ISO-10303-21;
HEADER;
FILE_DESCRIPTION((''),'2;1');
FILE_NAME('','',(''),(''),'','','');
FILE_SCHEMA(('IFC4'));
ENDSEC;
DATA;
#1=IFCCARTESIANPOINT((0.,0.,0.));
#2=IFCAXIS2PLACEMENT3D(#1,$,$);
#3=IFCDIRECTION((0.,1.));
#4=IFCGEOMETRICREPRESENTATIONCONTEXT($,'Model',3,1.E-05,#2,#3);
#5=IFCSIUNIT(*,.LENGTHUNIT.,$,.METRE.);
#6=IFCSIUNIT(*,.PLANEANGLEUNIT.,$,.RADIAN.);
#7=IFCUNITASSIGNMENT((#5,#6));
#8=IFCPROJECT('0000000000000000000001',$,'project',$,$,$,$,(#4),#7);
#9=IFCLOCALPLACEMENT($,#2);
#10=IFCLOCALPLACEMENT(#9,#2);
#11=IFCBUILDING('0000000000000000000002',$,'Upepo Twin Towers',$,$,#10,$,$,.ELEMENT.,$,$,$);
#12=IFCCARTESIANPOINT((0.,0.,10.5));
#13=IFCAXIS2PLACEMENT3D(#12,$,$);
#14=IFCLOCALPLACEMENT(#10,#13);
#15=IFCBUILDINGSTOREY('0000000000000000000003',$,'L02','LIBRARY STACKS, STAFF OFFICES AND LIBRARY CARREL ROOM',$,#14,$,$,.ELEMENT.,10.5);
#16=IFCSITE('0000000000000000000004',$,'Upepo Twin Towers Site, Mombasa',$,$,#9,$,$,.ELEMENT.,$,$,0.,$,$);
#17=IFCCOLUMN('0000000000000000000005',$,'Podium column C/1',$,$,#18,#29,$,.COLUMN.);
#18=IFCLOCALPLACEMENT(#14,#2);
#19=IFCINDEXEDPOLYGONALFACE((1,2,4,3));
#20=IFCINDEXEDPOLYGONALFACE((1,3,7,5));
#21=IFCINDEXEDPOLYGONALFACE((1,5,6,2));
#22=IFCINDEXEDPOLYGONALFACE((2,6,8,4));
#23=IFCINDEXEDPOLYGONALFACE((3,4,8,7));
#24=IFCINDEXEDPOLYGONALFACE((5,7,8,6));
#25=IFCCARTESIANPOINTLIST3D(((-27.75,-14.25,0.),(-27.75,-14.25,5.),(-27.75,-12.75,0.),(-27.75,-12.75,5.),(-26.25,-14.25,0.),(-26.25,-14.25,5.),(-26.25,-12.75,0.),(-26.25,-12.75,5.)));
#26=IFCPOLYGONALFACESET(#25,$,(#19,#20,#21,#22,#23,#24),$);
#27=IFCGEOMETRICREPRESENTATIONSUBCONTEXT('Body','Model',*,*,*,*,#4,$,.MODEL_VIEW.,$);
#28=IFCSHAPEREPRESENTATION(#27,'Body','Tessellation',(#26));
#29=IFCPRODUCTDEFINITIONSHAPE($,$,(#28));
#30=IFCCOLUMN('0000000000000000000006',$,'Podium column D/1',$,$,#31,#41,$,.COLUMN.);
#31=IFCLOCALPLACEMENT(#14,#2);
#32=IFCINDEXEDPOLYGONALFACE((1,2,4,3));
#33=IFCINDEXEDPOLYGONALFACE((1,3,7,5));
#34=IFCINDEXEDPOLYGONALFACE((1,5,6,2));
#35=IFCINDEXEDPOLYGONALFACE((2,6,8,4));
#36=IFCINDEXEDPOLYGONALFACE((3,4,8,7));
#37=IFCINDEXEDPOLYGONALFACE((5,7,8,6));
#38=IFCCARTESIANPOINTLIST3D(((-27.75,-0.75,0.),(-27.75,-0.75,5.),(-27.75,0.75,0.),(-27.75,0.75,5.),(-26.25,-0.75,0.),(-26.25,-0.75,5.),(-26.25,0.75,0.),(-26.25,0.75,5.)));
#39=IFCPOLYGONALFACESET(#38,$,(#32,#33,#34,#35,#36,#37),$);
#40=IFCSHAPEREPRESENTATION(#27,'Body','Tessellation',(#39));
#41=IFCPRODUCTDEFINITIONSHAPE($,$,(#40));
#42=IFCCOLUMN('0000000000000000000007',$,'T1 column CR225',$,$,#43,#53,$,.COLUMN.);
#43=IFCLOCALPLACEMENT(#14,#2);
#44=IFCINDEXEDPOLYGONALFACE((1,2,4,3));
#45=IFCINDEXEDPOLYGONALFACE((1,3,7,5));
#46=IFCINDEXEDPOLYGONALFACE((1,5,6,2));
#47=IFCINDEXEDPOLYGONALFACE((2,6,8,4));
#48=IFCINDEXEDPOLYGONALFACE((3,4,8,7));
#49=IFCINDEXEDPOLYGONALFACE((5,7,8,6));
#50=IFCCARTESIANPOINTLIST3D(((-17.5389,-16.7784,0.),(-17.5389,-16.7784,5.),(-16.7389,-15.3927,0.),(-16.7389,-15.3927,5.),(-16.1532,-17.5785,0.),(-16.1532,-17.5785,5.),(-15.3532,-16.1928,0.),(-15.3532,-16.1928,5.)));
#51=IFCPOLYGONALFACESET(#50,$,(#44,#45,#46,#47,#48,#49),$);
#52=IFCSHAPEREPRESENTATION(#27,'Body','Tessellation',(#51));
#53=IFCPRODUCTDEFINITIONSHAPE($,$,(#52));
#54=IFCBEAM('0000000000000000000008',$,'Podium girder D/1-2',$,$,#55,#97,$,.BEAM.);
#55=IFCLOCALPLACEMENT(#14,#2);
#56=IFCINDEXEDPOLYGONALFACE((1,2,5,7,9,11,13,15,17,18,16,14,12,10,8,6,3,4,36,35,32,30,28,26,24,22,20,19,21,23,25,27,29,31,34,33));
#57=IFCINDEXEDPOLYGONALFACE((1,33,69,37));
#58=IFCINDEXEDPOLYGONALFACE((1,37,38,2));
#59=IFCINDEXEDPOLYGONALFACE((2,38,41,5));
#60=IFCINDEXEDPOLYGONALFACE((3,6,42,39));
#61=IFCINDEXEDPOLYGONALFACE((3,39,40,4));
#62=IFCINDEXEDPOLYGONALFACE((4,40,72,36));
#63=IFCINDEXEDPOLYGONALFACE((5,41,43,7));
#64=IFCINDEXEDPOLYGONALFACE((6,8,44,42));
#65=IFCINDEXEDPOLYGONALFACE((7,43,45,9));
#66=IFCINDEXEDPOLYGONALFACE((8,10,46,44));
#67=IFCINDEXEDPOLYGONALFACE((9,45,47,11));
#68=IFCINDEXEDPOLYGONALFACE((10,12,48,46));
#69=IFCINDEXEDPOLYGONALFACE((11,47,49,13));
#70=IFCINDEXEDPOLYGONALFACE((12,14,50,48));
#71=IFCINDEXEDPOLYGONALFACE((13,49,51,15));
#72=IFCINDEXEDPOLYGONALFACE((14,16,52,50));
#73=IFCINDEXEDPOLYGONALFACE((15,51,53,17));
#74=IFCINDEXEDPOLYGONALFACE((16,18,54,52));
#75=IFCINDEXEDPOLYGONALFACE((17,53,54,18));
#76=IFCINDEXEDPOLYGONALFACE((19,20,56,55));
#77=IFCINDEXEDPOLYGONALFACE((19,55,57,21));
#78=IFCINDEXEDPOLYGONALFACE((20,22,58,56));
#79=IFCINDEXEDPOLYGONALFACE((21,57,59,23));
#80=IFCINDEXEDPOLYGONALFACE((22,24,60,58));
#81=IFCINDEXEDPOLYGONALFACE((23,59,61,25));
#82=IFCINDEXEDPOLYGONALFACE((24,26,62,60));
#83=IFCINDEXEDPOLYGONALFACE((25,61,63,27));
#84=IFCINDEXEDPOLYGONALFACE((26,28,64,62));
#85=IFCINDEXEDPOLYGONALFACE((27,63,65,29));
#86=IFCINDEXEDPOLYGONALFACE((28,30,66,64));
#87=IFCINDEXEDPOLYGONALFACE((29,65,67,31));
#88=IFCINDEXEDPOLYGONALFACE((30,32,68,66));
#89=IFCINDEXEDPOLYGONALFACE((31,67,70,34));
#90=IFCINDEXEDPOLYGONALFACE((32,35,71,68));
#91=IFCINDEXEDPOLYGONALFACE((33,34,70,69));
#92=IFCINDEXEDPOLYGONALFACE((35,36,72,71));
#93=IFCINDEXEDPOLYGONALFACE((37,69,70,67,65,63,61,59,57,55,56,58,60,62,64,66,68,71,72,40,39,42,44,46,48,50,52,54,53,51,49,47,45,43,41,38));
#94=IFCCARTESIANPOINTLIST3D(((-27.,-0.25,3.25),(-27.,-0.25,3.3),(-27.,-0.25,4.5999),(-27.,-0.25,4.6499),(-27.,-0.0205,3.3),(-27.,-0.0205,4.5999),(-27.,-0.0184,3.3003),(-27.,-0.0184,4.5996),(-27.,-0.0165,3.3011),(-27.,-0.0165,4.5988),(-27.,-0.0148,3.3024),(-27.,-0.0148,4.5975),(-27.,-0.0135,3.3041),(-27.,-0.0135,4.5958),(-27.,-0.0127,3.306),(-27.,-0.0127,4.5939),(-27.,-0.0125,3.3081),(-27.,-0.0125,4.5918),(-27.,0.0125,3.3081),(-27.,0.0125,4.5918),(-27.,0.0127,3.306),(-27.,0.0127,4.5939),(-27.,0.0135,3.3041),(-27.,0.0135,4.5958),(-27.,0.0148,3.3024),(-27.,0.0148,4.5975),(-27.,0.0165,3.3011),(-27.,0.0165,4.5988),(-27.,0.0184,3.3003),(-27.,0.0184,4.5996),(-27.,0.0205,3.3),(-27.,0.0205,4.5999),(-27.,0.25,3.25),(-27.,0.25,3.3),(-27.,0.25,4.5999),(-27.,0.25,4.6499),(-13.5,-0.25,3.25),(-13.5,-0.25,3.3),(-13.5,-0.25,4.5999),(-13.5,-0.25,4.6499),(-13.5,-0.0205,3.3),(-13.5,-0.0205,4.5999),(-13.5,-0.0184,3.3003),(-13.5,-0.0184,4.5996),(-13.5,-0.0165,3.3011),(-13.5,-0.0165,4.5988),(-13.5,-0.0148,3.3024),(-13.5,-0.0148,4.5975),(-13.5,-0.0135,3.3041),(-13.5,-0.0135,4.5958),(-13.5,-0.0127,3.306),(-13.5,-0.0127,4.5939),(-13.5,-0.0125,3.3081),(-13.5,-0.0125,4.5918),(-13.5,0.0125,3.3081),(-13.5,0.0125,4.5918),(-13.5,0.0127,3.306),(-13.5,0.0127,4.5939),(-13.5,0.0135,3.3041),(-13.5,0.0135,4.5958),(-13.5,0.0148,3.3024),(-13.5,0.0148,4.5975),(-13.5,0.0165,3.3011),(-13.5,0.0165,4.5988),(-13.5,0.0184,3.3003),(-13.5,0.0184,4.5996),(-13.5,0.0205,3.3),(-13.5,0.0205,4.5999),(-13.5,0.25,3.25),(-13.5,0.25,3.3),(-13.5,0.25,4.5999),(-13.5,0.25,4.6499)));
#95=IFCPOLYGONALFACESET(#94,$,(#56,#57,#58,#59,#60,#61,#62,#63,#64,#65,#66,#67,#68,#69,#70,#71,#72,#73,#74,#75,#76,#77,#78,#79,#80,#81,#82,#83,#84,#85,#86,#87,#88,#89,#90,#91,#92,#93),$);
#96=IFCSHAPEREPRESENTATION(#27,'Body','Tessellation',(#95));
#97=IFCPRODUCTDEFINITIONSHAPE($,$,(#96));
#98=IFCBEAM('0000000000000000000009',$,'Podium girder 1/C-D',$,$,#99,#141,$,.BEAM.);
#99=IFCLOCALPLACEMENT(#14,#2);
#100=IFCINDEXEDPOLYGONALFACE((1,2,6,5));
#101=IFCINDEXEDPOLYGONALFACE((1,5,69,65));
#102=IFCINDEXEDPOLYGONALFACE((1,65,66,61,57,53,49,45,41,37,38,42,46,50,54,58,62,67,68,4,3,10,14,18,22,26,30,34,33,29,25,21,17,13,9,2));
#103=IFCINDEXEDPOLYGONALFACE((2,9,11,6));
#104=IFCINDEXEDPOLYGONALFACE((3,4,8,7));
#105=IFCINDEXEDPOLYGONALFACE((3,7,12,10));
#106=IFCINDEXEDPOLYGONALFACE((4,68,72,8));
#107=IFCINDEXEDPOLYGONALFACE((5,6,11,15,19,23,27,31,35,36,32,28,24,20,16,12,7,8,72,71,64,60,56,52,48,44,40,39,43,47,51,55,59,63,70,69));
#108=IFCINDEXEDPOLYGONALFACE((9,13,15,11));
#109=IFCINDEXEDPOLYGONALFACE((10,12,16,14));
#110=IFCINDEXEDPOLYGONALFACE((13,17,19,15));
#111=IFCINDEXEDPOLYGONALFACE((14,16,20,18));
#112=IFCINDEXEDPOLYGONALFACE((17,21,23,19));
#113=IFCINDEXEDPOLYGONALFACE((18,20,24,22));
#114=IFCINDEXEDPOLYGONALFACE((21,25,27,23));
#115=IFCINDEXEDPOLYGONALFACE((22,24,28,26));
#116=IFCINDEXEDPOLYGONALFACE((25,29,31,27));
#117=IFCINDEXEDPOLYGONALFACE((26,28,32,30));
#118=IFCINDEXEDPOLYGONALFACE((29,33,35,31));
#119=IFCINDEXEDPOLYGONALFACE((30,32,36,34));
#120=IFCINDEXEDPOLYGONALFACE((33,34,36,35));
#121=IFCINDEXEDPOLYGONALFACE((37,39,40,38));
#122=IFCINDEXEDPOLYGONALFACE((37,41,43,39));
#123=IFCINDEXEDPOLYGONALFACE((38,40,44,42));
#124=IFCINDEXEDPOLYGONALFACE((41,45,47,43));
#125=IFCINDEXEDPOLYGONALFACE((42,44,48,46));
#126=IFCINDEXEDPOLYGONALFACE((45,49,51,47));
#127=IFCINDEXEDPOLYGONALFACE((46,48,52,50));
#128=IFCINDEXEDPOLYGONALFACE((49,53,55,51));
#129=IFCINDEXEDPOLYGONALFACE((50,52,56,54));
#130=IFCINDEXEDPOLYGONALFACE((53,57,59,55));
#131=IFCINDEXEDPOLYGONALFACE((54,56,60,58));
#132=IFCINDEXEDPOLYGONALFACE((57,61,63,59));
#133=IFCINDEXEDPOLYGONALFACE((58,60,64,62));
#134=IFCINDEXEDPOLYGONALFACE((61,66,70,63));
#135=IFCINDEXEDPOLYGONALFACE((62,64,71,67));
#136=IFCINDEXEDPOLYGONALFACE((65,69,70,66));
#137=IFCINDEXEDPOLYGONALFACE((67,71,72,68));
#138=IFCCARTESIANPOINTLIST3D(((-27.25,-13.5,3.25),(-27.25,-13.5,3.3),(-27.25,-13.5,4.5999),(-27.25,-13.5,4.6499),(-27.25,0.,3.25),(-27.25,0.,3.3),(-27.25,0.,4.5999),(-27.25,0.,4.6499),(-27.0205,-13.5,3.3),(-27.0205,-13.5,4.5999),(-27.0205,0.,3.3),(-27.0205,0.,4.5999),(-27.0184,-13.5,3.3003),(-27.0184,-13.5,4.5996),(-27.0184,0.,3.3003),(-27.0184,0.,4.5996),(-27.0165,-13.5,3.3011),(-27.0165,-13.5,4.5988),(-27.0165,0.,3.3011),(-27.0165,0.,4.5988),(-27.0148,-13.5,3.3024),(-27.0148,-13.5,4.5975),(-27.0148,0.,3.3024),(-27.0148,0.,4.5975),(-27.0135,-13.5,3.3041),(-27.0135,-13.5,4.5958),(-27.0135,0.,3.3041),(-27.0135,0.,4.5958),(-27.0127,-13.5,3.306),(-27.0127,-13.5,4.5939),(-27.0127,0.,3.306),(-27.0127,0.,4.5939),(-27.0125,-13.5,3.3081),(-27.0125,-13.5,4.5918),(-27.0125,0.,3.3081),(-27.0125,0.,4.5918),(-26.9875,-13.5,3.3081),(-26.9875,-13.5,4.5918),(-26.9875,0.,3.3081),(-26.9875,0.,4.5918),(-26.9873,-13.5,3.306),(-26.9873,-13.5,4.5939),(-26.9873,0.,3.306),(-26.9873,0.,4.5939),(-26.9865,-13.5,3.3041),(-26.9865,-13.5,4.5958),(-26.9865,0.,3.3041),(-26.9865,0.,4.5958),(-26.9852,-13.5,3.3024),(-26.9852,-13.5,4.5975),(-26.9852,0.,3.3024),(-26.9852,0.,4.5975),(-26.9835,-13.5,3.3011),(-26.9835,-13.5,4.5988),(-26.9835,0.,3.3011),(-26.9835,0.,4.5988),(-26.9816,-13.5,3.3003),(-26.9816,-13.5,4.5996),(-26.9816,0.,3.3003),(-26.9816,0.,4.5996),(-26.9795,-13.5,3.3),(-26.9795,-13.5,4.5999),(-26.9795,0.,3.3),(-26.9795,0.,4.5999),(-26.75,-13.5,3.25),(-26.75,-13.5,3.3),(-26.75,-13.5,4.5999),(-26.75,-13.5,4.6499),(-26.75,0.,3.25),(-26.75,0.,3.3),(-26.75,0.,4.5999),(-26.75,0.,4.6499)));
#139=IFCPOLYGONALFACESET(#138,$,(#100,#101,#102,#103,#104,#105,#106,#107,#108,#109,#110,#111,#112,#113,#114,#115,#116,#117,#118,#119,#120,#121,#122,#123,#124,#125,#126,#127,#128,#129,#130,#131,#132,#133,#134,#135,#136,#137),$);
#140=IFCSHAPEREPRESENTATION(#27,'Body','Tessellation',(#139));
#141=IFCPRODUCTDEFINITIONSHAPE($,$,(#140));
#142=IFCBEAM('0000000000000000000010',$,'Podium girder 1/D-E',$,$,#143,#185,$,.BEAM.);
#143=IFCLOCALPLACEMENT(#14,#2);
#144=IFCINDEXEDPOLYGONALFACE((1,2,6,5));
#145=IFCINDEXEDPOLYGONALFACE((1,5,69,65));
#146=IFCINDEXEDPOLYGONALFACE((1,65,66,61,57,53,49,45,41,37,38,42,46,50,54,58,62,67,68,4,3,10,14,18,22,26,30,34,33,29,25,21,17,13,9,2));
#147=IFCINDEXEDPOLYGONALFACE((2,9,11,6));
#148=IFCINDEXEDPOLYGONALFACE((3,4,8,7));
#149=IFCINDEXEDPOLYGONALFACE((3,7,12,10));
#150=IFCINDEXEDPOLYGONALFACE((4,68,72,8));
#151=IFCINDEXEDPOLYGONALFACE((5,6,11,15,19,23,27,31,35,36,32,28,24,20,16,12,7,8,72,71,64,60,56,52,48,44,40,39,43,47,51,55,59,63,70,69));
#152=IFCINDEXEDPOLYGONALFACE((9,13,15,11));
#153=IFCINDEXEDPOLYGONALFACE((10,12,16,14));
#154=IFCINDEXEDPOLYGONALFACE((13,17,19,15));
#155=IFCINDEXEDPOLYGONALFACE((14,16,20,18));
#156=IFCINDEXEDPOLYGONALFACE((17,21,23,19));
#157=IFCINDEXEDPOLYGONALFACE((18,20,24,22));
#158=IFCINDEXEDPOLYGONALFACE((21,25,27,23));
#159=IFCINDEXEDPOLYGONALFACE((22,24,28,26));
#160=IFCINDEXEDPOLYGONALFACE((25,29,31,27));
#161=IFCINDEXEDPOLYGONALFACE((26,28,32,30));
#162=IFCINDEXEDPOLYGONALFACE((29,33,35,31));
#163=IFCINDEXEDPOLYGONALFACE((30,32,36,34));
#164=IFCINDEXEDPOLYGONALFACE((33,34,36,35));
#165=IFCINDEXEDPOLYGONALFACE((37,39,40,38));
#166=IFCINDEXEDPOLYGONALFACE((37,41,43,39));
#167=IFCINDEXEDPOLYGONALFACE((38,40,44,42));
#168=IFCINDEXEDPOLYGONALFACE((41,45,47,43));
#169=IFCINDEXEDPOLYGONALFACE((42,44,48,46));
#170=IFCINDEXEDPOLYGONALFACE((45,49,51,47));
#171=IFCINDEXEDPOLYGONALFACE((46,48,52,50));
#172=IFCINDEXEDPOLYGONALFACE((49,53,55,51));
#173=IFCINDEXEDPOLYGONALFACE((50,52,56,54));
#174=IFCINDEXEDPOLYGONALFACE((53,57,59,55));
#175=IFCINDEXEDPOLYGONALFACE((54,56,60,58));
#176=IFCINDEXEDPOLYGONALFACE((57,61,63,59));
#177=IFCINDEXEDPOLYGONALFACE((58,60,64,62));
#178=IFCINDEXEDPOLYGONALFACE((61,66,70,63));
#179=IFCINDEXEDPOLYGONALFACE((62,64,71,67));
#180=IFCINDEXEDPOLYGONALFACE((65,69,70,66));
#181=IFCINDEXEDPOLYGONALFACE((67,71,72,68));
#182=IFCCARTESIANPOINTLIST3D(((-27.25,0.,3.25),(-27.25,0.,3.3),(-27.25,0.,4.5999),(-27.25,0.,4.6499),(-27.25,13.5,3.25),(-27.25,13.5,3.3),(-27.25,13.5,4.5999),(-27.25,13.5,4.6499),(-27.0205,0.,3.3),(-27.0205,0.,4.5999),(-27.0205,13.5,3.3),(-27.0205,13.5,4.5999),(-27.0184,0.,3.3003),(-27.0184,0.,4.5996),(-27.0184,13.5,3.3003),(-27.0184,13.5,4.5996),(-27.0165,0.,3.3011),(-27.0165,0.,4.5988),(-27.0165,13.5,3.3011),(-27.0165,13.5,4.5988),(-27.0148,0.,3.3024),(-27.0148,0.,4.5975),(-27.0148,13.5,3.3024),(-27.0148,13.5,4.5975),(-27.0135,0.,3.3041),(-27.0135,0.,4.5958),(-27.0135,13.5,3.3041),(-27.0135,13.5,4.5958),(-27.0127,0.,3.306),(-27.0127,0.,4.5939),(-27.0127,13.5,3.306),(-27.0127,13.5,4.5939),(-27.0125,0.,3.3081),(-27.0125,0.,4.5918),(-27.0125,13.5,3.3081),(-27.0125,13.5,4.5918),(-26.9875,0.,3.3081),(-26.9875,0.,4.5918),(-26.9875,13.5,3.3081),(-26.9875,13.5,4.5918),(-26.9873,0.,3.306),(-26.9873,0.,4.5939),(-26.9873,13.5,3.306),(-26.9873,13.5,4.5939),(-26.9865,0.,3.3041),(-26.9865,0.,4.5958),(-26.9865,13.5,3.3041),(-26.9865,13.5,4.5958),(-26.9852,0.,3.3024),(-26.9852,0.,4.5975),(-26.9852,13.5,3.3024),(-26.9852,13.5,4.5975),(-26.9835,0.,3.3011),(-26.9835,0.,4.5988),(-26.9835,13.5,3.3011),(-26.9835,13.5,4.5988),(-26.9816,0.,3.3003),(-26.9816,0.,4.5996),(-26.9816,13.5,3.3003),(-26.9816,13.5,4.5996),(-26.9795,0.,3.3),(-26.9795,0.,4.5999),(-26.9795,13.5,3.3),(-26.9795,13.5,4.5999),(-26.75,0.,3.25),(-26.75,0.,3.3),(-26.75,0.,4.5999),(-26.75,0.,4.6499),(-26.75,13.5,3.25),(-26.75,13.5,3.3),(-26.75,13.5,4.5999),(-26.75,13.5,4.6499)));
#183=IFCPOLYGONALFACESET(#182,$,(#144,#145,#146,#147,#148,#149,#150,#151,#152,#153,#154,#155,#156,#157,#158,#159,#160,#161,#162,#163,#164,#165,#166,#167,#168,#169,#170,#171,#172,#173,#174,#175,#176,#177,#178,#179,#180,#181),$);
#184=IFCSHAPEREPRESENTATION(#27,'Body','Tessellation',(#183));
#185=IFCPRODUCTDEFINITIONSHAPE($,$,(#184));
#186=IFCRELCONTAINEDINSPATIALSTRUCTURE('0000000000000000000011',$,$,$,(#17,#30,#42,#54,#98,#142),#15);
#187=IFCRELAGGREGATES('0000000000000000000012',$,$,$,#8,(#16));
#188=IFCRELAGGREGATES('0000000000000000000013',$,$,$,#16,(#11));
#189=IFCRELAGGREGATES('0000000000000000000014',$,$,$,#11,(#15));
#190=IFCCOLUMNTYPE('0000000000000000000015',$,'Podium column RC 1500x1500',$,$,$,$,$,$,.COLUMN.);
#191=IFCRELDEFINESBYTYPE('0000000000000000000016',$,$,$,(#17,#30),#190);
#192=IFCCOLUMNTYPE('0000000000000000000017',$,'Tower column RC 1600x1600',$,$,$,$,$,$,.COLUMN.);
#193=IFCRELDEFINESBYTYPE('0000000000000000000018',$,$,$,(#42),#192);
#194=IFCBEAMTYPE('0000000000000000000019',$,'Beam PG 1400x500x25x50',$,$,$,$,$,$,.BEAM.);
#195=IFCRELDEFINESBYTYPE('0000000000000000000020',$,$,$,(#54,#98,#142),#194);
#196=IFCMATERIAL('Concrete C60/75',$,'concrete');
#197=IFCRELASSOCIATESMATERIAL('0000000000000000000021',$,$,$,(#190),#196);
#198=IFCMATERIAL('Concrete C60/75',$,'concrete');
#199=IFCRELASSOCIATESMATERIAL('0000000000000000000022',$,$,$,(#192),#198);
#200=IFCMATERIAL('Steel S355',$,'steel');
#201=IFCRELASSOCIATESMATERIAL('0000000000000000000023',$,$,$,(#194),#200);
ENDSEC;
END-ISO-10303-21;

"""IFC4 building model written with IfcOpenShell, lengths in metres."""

from ifc_helpers import new_model, si_unit, direction, frame, origin, origin_2d, place, context, subcontext, project, spatial, rectangle, i_section, extrude, material, material_profile, profile_set, type_object, element, save


model = new_model("IFC4")

# Units and contexts
model_context = context("Model", 3, precision=1e-05, world=origin(), true_north=direction((0.0, 1.0)))
body_context = subcontext(model_context, "Body", "Model", "MODEL_VIEW")
ifc_project = project(units=[si_unit("LENGTHUNIT", "METRE"), si_unit("PLANEANGLEUNIT", "RADIAN")], contexts=[model_context])

# Site, building, storey
site_placement = place(None, origin())
site = spatial("IfcSite", under=ifc_project, at=site_placement, Name="Upepo Twin Towers Site, Mombasa", CompositionType="ELEMENT", RefElevation=0.0)
building_placement = place(site_placement, origin())
building = spatial("IfcBuilding", under=site, at=building_placement, Name="Upepo Twin Towers", CompositionType="ELEMENT")
storey_placement = place(building_placement, frame((0.0, 0.0, 10.5)))
storey = spatial("IfcBuildingStorey", under=building, at=storey_placement, Name="L02", Description="LIBRARY STACKS, STAFF OFFICES AND LIBRARY CARREL ROOM", CompositionType="ELEMENT", Elevation=10.5)

# Columns
ifc_material_1 = material(Name="Concrete C60/75", Category="concrete")
ifc_material_profile_1 = material_profile(ifc_material_1, rectangle(XDim=1.5, YDim=1.5, at=origin_2d()), Name="RC 1500x1500")
ifc_profile_set_1 = profile_set([ifc_material_profile_1], Name="Concrete C60/75")
column_type_1 = type_object("IfcColumnType", Name="Podium column RC 1500x1500", PredefinedType="COLUMN", material=ifc_profile_set_1)
for number, where, z_axis, x_axis, name in (
    (1, (-27.0, -13.5, 0.0), (0.0, 0.0, 1.0), (1.0, 0.0, 0.0), "Podium column C/1"),
    (2, (-27.0, 0.0, 0.0), (0.0, 0.0, 1.0), (1.0, 0.0, 0.0), "Podium column D/1"),
):
    element("IfcColumn", number, at=place(storey_placement, frame(where, z_axis=z_axis, x_axis=x_axis)), inside=storey, type_object=column_type_1, Name=name, PredefinedType="COLUMN", context=body_context, shape_type="SweptSolid", body=[
        extrude(rectangle(XDim=1.5, YDim=1.5, at=origin_2d()), origin(), (0.0, 0.0, 1.0), 5.0),
    ])
ifc_material_2 = material(Name="Concrete C60/75", Category="concrete")
ifc_material_profile_2 = material_profile(ifc_material_2, rectangle(XDim=1.6001, YDim=1.6001, at=origin_2d()), Name="RC 1600x1600")
ifc_profile_set_2 = profile_set([ifc_material_profile_2], Name="Concrete C60/75")
column_type_2 = type_object("IfcColumnType", Name="Tower column RC 1600x1600", PredefinedType="COLUMN", material=ifc_profile_set_2)
column_placement = place(storey_placement, frame((-16.446, -16.4856, 0.0), z_axis=(0.0, 0.0, 1.0), x_axis=(0.5, 0.866025, 0.0)))
element("IfcColumn", 3, at=column_placement, inside=storey, type_object=column_type_2, Name="T1 column CR225", PredefinedType="COLUMN", context=body_context, shape_type="SweptSolid", body=[
    extrude(rectangle(XDim=1.6001, YDim=1.6001, at=origin_2d()), origin(), (0.0, 0.0, 1.0), 5.0),
])

# Beams
ifc_material_3 = material(Name="Steel S355", Category="steel")
ifc_material_profile_3 = material_profile(ifc_material_3, i_section(OverallWidth=0.5, OverallDepth=1.3999, WebThickness=0.0249, FlangeThickness=0.05, FilletRadius=0.0081, at=origin_2d()), Name="PG 1400x500x25x50")
ifc_profile_set_3 = profile_set([ifc_material_profile_3], Name="Steel S355")
beam_type_1 = type_object("IfcBeamType", Name="Beam PG 1400x500x25x50", PredefinedType="BEAM", material=ifc_profile_set_3)
for number, where, z_axis, x_axis, name in (
    (4, (-27.0, 0.0, 3.95), (1.0, 0.0, 0.0), (0.0, 1.0, 0.0), "Podium girder D/1-2"),
    (5, (-27.0, -13.5, 3.95), (0.0, 1.0, 0.0), (-1.0, 0.0, 0.0), "Podium girder 1/C-D"),
    (6, (-27.0, 0.0, 3.95), (0.0, 1.0, 0.0), (-1.0, 0.0, 0.0), "Podium girder 1/D-E"),
):
    element("IfcBeam", number, at=place(storey_placement, frame(where, z_axis=z_axis, x_axis=x_axis)), inside=storey, type_object=beam_type_1, Name=name, PredefinedType="BEAM", context=body_context, shape_type="SweptSolid", body=[
        extrude(i_section(OverallWidth=0.5, OverallDepth=1.3999, WebThickness=0.0249, FlangeThickness=0.05, FilletRadius=0.0081, at=origin_2d()), origin(), (0.0, 0.0, 1.0), 13.5),
    ])

save(model, "model.ifc")
